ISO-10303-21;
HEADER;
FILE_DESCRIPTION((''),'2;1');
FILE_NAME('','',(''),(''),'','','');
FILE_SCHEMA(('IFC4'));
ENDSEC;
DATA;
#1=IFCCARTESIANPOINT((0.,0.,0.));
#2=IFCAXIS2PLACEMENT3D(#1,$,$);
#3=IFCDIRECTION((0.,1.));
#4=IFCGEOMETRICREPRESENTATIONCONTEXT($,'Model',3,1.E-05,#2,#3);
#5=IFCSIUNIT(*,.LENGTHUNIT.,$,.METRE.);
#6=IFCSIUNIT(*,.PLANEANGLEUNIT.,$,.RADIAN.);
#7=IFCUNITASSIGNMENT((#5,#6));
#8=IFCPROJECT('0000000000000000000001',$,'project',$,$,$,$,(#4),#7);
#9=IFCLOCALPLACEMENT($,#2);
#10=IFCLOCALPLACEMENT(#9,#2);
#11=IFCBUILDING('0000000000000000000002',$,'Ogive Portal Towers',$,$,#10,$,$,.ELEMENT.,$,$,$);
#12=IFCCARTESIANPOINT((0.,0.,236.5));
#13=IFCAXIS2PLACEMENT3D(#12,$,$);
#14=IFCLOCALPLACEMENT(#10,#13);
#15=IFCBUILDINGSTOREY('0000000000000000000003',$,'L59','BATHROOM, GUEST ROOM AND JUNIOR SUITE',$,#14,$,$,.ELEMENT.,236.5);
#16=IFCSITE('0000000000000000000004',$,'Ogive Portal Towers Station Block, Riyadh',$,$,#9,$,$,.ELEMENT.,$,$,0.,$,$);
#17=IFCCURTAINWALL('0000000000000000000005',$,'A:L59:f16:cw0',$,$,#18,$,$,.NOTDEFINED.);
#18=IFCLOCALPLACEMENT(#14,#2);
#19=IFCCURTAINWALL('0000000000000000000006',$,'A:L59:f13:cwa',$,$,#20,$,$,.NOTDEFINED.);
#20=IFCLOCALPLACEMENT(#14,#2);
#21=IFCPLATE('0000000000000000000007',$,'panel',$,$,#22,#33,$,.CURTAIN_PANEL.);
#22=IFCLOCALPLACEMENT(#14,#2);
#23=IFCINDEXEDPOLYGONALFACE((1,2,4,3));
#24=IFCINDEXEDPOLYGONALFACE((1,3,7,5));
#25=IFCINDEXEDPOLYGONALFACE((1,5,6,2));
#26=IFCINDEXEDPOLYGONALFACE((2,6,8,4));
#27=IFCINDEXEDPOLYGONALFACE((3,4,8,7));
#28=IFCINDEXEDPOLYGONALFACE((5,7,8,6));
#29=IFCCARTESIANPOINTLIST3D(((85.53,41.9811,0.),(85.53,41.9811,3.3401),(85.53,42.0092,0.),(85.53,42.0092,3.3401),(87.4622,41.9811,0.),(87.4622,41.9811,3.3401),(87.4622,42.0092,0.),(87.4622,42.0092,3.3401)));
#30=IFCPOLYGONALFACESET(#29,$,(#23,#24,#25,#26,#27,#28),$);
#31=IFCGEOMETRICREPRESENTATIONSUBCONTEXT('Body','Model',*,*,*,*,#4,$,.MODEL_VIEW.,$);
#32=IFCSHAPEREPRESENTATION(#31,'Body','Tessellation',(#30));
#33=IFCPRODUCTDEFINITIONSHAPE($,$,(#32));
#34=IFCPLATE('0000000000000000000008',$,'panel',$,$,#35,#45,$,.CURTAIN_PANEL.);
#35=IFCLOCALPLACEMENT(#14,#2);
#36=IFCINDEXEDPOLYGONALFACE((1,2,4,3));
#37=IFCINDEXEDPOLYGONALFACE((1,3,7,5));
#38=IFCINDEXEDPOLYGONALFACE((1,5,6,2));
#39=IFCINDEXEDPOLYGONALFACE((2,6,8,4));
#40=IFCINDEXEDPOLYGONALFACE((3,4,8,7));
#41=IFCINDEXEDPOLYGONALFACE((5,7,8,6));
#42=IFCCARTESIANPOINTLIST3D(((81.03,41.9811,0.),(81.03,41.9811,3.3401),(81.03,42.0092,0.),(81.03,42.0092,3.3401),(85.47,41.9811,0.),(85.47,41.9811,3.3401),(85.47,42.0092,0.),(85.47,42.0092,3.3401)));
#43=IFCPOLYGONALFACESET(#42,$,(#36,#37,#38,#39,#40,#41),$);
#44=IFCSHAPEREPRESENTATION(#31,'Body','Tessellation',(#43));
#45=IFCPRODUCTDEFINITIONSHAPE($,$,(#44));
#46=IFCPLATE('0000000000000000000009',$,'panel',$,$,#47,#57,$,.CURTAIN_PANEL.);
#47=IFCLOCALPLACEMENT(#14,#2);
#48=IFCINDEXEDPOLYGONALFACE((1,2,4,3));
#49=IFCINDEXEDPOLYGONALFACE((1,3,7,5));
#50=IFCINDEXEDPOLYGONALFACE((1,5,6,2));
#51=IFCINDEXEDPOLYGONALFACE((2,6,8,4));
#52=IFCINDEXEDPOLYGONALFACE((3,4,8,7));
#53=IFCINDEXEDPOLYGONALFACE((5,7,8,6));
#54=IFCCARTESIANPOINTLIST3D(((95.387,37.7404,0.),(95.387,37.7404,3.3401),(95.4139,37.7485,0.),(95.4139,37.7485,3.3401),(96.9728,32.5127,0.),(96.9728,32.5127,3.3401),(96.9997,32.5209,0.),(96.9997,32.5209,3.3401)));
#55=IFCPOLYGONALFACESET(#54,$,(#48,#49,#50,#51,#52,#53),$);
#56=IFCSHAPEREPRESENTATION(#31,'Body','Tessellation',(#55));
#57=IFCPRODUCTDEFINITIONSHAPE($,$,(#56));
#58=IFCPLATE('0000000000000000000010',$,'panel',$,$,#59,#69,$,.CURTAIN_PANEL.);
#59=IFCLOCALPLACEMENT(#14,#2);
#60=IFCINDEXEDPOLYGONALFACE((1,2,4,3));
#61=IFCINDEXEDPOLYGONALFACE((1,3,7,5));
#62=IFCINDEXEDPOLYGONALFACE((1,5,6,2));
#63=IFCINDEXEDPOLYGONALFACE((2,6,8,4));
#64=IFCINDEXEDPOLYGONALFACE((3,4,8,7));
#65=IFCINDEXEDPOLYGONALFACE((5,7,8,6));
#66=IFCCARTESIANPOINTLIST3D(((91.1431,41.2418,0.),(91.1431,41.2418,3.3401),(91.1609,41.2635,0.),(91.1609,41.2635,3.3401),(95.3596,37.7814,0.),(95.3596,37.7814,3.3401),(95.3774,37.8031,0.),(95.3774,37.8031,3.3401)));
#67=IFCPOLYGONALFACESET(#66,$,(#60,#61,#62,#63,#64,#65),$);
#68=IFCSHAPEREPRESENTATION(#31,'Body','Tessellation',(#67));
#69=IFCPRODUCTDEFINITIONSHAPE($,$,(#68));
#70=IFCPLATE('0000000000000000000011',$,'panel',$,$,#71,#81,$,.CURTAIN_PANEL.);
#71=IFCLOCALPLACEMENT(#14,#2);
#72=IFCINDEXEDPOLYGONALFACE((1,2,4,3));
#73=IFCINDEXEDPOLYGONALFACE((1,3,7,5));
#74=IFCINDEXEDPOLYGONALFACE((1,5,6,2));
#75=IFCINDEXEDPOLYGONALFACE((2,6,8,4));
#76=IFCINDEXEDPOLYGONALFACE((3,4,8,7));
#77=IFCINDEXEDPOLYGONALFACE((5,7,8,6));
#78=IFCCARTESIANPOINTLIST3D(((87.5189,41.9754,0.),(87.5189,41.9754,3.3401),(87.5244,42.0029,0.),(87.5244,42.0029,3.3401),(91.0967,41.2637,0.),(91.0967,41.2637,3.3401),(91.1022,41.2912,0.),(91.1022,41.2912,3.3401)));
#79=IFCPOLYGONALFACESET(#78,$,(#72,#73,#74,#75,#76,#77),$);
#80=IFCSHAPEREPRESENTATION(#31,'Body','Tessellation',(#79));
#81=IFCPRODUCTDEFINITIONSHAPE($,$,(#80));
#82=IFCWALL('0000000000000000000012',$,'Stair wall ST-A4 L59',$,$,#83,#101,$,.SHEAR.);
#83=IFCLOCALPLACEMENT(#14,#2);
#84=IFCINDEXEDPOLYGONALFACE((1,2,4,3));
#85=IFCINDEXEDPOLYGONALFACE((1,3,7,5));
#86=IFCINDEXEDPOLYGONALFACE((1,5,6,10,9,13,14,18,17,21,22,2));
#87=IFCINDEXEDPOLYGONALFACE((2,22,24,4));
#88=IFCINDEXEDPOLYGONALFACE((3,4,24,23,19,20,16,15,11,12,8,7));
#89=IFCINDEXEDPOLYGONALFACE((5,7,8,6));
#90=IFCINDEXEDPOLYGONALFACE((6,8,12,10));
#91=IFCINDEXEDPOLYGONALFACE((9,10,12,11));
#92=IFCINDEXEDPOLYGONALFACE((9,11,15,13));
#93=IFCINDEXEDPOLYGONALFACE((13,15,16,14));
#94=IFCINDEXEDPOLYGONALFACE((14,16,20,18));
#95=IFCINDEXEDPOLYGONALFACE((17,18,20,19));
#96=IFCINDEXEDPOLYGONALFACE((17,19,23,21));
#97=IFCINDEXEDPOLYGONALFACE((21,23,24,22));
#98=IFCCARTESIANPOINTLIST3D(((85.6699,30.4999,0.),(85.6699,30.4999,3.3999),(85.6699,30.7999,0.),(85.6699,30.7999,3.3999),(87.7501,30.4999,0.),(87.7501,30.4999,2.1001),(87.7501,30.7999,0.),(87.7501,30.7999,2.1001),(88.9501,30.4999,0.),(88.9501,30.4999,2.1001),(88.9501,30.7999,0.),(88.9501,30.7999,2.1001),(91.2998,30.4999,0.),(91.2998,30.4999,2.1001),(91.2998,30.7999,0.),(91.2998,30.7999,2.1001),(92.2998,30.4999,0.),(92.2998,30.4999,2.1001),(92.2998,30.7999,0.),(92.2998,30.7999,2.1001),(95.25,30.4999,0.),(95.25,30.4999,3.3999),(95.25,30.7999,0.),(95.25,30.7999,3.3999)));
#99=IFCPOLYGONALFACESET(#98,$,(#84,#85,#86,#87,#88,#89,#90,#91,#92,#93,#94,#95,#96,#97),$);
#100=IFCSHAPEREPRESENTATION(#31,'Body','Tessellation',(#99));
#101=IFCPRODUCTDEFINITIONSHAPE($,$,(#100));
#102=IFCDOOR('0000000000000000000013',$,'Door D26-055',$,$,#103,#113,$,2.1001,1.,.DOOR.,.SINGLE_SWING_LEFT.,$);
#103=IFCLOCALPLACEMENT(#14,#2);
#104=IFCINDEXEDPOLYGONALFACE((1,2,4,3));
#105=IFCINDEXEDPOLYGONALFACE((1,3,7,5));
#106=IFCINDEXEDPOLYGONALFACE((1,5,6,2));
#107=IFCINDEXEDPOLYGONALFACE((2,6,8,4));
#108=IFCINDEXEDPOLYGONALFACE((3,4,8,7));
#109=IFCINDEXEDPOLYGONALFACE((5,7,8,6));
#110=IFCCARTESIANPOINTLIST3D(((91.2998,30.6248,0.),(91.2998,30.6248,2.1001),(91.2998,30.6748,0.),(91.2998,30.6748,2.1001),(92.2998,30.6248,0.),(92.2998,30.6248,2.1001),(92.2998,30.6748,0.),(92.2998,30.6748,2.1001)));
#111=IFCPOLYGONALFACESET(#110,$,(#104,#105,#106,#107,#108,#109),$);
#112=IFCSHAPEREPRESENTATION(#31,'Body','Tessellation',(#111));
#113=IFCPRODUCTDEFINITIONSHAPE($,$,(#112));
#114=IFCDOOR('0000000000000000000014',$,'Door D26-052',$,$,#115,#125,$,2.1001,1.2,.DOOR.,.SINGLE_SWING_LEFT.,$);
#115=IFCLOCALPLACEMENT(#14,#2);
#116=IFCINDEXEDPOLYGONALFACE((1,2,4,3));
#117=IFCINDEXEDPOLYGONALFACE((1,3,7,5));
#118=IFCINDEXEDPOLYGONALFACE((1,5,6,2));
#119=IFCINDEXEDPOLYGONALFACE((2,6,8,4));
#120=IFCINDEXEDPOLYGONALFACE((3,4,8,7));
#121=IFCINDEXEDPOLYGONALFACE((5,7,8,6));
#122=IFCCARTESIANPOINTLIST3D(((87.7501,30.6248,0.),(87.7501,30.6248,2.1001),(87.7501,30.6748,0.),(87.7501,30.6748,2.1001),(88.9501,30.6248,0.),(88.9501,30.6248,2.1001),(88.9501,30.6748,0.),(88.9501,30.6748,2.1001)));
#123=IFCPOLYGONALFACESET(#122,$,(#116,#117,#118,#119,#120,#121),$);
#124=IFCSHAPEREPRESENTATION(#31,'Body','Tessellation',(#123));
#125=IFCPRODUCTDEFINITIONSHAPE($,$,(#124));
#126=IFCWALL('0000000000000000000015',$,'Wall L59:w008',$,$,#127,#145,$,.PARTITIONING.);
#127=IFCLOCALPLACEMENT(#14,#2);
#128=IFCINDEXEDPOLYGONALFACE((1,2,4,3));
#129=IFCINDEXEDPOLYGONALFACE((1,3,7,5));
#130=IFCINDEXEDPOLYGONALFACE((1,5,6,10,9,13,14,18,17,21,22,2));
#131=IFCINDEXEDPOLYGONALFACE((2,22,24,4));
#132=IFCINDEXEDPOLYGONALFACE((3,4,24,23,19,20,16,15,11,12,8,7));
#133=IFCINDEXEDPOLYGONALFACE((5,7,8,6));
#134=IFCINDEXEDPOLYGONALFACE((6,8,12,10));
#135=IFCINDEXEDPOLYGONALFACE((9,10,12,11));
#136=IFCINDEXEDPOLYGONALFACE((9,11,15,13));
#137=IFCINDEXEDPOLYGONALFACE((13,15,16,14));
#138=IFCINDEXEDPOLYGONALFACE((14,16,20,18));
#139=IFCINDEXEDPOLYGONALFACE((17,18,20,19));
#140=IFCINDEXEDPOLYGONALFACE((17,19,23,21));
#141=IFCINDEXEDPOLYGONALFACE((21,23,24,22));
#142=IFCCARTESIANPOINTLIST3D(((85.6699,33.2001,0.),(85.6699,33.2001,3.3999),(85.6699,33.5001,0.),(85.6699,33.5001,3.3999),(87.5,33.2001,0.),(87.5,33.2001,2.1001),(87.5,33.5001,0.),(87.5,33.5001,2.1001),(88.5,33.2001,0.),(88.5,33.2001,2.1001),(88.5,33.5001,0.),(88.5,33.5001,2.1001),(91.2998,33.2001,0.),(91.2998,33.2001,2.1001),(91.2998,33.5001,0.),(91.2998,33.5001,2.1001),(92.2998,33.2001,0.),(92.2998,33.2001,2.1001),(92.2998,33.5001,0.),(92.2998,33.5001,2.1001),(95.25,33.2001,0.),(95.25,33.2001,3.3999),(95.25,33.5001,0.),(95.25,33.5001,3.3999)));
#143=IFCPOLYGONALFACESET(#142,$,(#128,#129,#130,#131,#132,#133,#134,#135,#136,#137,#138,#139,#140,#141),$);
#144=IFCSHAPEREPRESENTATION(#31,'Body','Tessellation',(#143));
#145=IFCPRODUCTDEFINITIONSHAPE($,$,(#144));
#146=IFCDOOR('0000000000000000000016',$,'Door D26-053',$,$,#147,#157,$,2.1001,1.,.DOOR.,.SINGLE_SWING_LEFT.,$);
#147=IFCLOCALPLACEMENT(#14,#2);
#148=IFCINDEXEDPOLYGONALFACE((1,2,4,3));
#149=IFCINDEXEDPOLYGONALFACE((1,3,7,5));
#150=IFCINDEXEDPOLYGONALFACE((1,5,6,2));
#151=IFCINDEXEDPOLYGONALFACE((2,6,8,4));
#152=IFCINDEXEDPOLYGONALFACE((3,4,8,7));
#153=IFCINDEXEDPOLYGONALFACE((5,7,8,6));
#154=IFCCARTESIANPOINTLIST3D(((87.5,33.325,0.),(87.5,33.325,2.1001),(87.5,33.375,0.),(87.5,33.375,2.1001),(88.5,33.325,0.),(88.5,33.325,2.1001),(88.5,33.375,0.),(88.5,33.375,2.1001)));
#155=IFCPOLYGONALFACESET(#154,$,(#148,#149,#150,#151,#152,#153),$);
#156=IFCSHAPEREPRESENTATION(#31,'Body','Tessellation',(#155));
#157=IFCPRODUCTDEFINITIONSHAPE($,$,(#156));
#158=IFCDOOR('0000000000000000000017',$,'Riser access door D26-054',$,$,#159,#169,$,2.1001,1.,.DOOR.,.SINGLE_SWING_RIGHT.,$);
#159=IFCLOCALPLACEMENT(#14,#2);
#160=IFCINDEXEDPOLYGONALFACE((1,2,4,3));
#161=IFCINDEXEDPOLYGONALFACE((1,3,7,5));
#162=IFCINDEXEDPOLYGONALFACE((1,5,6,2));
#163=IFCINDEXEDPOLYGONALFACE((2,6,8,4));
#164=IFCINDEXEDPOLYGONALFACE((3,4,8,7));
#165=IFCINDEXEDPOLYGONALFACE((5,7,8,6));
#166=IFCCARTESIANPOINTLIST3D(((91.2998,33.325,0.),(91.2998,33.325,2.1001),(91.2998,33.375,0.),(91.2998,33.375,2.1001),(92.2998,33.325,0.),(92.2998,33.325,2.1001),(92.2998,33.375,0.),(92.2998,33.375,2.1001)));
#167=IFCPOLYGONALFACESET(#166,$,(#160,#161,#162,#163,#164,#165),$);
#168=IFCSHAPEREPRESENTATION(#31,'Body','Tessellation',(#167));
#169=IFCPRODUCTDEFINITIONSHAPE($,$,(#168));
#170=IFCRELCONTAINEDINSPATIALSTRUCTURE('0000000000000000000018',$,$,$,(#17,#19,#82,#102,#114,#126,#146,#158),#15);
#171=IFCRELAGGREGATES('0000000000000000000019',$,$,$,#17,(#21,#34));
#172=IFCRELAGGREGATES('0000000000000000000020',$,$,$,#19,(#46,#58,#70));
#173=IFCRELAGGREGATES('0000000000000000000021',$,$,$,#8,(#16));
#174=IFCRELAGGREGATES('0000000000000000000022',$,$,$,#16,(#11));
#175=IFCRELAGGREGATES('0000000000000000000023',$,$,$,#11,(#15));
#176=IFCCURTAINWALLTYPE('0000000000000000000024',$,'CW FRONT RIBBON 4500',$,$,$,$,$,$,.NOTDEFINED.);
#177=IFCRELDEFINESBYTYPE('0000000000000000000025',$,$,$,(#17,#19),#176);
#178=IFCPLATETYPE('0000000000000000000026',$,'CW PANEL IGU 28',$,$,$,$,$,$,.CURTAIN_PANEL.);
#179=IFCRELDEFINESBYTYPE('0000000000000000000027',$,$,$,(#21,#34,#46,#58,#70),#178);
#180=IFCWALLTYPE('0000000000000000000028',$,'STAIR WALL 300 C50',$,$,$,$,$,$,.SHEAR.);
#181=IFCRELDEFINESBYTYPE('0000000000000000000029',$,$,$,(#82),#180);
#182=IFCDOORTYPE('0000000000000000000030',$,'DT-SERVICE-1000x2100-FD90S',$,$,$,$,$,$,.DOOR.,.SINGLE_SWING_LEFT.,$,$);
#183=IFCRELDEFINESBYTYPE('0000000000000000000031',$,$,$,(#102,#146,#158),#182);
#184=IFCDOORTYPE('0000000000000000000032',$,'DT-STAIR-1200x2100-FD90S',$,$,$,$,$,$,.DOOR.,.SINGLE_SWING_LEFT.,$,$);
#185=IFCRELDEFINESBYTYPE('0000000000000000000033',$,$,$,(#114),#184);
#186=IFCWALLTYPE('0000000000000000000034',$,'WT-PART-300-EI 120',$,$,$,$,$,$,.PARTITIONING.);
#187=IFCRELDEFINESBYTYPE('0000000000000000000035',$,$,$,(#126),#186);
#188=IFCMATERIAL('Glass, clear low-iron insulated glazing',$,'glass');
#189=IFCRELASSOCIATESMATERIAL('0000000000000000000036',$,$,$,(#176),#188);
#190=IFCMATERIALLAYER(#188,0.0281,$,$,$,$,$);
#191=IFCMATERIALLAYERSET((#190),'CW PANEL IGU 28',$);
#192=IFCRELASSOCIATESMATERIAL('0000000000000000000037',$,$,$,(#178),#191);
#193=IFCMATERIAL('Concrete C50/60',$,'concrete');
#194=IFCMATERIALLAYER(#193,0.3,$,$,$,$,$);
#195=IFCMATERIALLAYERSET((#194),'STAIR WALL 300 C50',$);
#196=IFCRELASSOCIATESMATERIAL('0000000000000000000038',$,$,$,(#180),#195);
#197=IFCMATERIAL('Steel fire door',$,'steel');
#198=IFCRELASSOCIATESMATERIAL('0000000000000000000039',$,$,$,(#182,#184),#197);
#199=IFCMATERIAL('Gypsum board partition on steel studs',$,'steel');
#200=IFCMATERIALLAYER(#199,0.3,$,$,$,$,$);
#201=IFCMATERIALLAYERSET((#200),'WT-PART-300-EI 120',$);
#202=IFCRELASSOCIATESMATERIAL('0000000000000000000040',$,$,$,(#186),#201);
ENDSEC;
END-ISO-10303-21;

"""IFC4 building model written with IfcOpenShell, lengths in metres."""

from ifc_helpers import new_model, si_unit, direction, frame, frame_2d, origin, origin_2d, place, context, subcontext, project, spatial, rectangle, extrude, material, layer, layer_set, type_object, element, fill, aggregate, save


model = new_model("IFC4")

# Units and contexts
model_context = context("Model", 3, precision=1e-05, world=origin(), true_north=direction((0.0, 1.0)))
body_context = subcontext(model_context, "Body", "Model", "MODEL_VIEW")
ifc_project = project(units=[si_unit("LENGTHUNIT", "METRE"), si_unit("PLANEANGLEUNIT", "RADIAN")], contexts=[model_context])

# Site, building, storey
site_placement = place(None, origin())
site = spatial("IfcSite", under=ifc_project, at=site_placement, Name="Ogive Portal Towers Station Block, Riyadh", CompositionType="ELEMENT", RefElevation=0.0)
building_placement = place(site_placement, origin())
building = spatial("IfcBuilding", under=site, at=building_placement, Name="Ogive Portal Towers", CompositionType="ELEMENT")
storey_placement = place(building_placement, frame((0.0, 0.0, 236.5)))
storey = spatial("IfcBuildingStorey", under=building, at=storey_placement, Name="L59", Description="BATHROOM, GUEST ROOM AND JUNIOR SUITE", CompositionType="ELEMENT", Elevation=236.5)

# Curtain walls
ifc_material_1 = material(Name="Glass, clear low-iron insulated glazing", Category="glass")
curtain_wall_type = type_object("IfcCurtainWallType", Name="CW FRONT RIBBON 4500", PredefinedType="NOTDEFINED", material=ifc_material_1)
curtain_wall_1_placement = place(storey_placement, origin())
curtain_wall_1 = element("IfcCurtainWall", 1, at=curtain_wall_1_placement, inside=storey, type_object=curtain_wall_type, Name="A:L59:f16:cw0", PredefinedType="NOTDEFINED")
curtain_wall_2_placement = place(storey_placement, origin())
curtain_wall_2 = element("IfcCurtainWall", 2, at=curtain_wall_2_placement, inside=storey, type_object=curtain_wall_type, Name="A:L59:f13:cwa", PredefinedType="NOTDEFINED")

# Plates
ifc_layer_1 = layer(ifc_material_1, 0.0281)
ifc_layer_set_1 = layer_set([ifc_layer_1], Name="CW PANEL IGU 28")
plate_type = type_object("IfcPlateType", Name="CW PANEL IGU 28", PredefinedType="CURTAIN_PANEL", material=ifc_layer_set_1)
plate_1_placement = place(storey_placement, frame((86.4961, 41.9951, 0.0), z_axis=(0.0, 0.0, 1.0), x_axis=(-1.0, 0.0, 0.0)))
plate_1 = element("IfcPlate", 3, at=plate_1_placement, type_object=plate_type, Name="panel", PredefinedType="CURTAIN_PANEL", context=body_context, shape_type="SweptSolid", body=[
    extrude(rectangle(XDim=1.9321, YDim=0.0281, at=origin_2d()), origin(), (0.0, 0.0, 1.0), 3.3401),
])
plate_2_placement = place(storey_placement, frame((83.25, 41.9951, 0.0), z_axis=(0.0, 0.0, 1.0), x_axis=(-1.0, 0.0, 0.0)))
plate_2 = element("IfcPlate", 4, at=plate_2_placement, type_object=plate_type, Name="panel", PredefinedType="CURTAIN_PANEL", context=body_context, shape_type="SweptSolid", body=[
    extrude(rectangle(XDim=4.4399, YDim=0.0281, at=origin_2d()), origin(), (0.0, 0.0, 1.0), 3.3401),
])
aggregate(curtain_wall_1, [plate_1, plate_2])
plate_3_placement = place(storey_placement, frame((96.1934, 35.1306, 0.0), z_axis=(0.0, 0.0, 1.0), x_axis=(-0.290285, 0.95694, 0.0)))
plate_3 = element("IfcPlate", 5, at=plate_3_placement, type_object=plate_type, Name="panel", PredefinedType="CURTAIN_PANEL", context=body_context, shape_type="SweptSolid", body=[
    extrude(rectangle(XDim=5.4629, YDim=0.0281, at=origin_2d()), origin(), (0.0, 0.0, 1.0), 3.3401),
])
plate_4_placement = place(storey_placement, frame((93.2603, 39.5225, 0.0), z_axis=(0.0, 0.0, 1.0), x_axis=(-0.77301, 0.634393, 0.0)))
plate_4 = element("IfcPlate", 6, at=plate_4_placement, type_object=plate_type, Name="panel", PredefinedType="CURTAIN_PANEL", context=body_context, shape_type="SweptSolid", body=[
    extrude(rectangle(XDim=5.4546, YDim=0.0281, at=origin_2d()), origin(), (0.0, 0.0, 1.0), 3.3401),
])
plate_5_placement = place(storey_placement, frame((89.3105, 41.6333, 0.0), z_axis=(0.0, 0.0, 1.0), x_axis=(-0.980785, 0.19509, 0.0)))
plate_5 = element("IfcPlate", 7, at=plate_5_placement, type_object=plate_type, Name="panel", PredefinedType="CURTAIN_PANEL", context=body_context, shape_type="SweptSolid", body=[
    extrude(rectangle(XDim=3.6479, YDim=0.0281, at=origin_2d()), origin(), (0.0, 0.0, 1.0), 3.3401),
])
aggregate(curtain_wall_2, [plate_3, plate_4, plate_5])

# Walls, openings, doors
ifc_material_2 = material(Name="Concrete C50/60", Category="concrete")
ifc_layer_2 = layer(ifc_material_2, 0.3)
ifc_layer_set_2 = layer_set([ifc_layer_2], Name="STAIR WALL 300 C50")
wall_type_1 = type_object("IfcWallType", Name="STAIR WALL 300 C50", PredefinedType="SHEAR", material=ifc_layer_set_2)
wall_1_placement = place(storey_placement, frame((85.6699, 30.6499, 0.0), z_axis=(0.0, 0.0, 1.0), x_axis=(1.0, 0.0, 0.0)))
wall_1 = element("IfcWall", 8, at=wall_1_placement, inside=storey, type_object=wall_type_1, Name="Stair wall ST-A4 L59", PredefinedType="SHEAR", context=body_context, shape_type="SweptSolid", body=[
    extrude(rectangle(XDim=9.5801, YDim=0.3, at=frame_2d((4.79, 0.0))), origin(), (0.0, 0.0, 1.0), 3.3999),
])
opening_1_placement = place(wall_1_placement, frame((2.0801, 0.0, 0.0)))
opening_1 = element("IfcOpeningElement", 9, at=opening_1_placement, cuts=wall_1, PredefinedType="OPENING", context=body_context, shape_type="SweptSolid", body=[
    extrude(rectangle(XDim=1.2, YDim=2.1001, at=frame_2d((0.6001, 1.05))), frame((0.0, 0.1602, 0.0), z_axis=(0.0, -1.0, 0.0), x_axis=(1.0, 0.0, 0.0)), (0.0, 0.0, 1.0), 0.3201),
])
opening_2_placement = place(wall_1_placement, frame((5.6299, 0.0, 0.0)))
opening_2 = element("IfcOpeningElement", 10, at=opening_2_placement, cuts=wall_1, PredefinedType="OPENING", context=body_context, shape_type="SweptSolid", body=[
    extrude(rectangle(XDim=1.0, YDim=2.1001, at=frame_2d((0.5, 1.05))), frame((0.0, 0.1602, 0.0), z_axis=(0.0, -1.0, 0.0), x_axis=(1.0, 0.0, 0.0)), (0.0, 0.0, 1.0), 0.3201),
])
ifc_material_3 = material(Name="Steel fire door", Category="steel")
door_type_1 = type_object("IfcDoorType", Name="DT-SERVICE-1000x2100-FD90S", OperationType="SINGLE_SWING_LEFT", PredefinedType="DOOR", material=ifc_material_3)
door_1_placement = place(opening_2_placement, origin())
door_1 = element("IfcDoor", 11, at=door_1_placement, inside=storey, type_object=door_type_1, Name="Door D26-055", OperationType="SINGLE_SWING_LEFT", OverallHeight=2.1001, OverallWidth=1.0, PredefinedType="DOOR", context=body_context, shape_type="SweptSolid", body=[
    extrude(rectangle(XDim=1.0, YDim=2.1001, at=frame_2d((0.5, 1.05))), frame((0.0, 0.0249, 0.0), z_axis=(0.0, -1.0, 0.0), x_axis=(1.0, 0.0, 0.0)), (0.0, 0.0, 1.0), 0.05),
])
fill(opening_2, door_1)
door_type_2 = type_object("IfcDoorType", Name="DT-STAIR-1200x2100-FD90S", OperationType="SINGLE_SWING_LEFT", PredefinedType="DOOR", material=ifc_material_3)
door_2_placement = place(opening_1_placement, origin())
door_2 = element("IfcDoor", 12, at=door_2_placement, inside=storey, type_object=door_type_2, Name="Door D26-052", OperationType="SINGLE_SWING_LEFT", OverallHeight=2.1001, OverallWidth=1.2, PredefinedType="DOOR", context=body_context, shape_type="SweptSolid", body=[
    extrude(rectangle(XDim=1.2, YDim=2.1001, at=frame_2d((0.6001, 1.05))), frame((0.0, 0.0249, 0.0), z_axis=(0.0, -1.0, 0.0), x_axis=(1.0, 0.0, 0.0)), (0.0, 0.0, 1.0), 0.05),
])
fill(opening_1, door_2)
ifc_material_4 = material(Name="Gypsum board partition on steel studs", Category="steel")
ifc_layer_3 = layer(ifc_material_4, 0.3)
ifc_layer_set_3 = layer_set([ifc_layer_3], Name="WT-PART-300-EI 120")
wall_type_2 = type_object("IfcWallType", Name="WT-PART-300-EI 120", PredefinedType="PARTITIONING", material=ifc_layer_set_3)
wall_2_placement = place(storey_placement, frame((85.6699, 33.3501, 0.0), z_axis=(0.0, 0.0, 1.0), x_axis=(1.0, 0.0, 0.0)))
wall_2 = element("IfcWall", 13, at=wall_2_placement, inside=storey, type_object=wall_type_2, Name="Wall L59:w008", PredefinedType="PARTITIONING", context=body_context, shape_type="SweptSolid", body=[
    extrude(rectangle(XDim=9.5801, YDim=0.3, at=frame_2d((4.79, 0.0))), origin(), (0.0, 0.0, 1.0), 3.3999),
])
opening_3_placement = place(wall_2_placement, frame((1.8301, 0.0, 0.0)))
opening_3 = element("IfcOpeningElement", 14, at=opening_3_placement, cuts=wall_2, PredefinedType="OPENING", context=body_context, shape_type="SweptSolid", body=[
    extrude(rectangle(XDim=1.0, YDim=2.1001, at=frame_2d((0.5, 1.05))), frame((0.0, 0.1602, 0.0), z_axis=(0.0, -1.0, 0.0), x_axis=(1.0, 0.0, 0.0)), (0.0, 0.0, 1.0), 0.3201),
])
opening_4_placement = place(wall_2_placement, frame((5.6299, 0.0, 0.0)))
opening_4 = element("IfcOpeningElement", 15, at=opening_4_placement, cuts=wall_2, PredefinedType="OPENING", context=body_context, shape_type="SweptSolid", body=[
    extrude(rectangle(XDim=1.0, YDim=2.1001, at=frame_2d((0.5, 1.05))), frame((0.0, 0.1602, 0.0), z_axis=(0.0, -1.0, 0.0), x_axis=(1.0, 0.0, 0.0)), (0.0, 0.0, 1.0), 0.3201),
])
door_3_placement = place(opening_3_placement, origin())
door_3 = element("IfcDoor", 16, at=door_3_placement, inside=storey, type_object=door_type_1, Name="Door D26-053", OperationType="SINGLE_SWING_LEFT", OverallHeight=2.1001, OverallWidth=1.0, PredefinedType="DOOR", context=body_context, shape_type="SweptSolid", body=[
    extrude(rectangle(XDim=1.0, YDim=2.1001, at=frame_2d((0.5, 1.05))), frame((0.0, 0.0249, 0.0), z_axis=(0.0, -1.0, 0.0), x_axis=(1.0, 0.0, 0.0)), (0.0, 0.0, 1.0), 0.05),
])
fill(opening_3, door_3)
door_4_placement = place(opening_4_placement, origin())
door_4 = element("IfcDoor", 17, at=door_4_placement, inside=storey, type_object=door_type_1, Name="Riser access door D26-054", OperationType="SINGLE_SWING_RIGHT", OverallHeight=2.1001, OverallWidth=1.0, PredefinedType="DOOR", context=body_context, shape_type="SweptSolid", body=[
    extrude(rectangle(XDim=1.0, YDim=2.1001, at=frame_2d((0.5, 1.05))), frame((0.0, 0.0249, 0.0), z_axis=(0.0, -1.0, 0.0), x_axis=(1.0, 0.0, 0.0)), (0.0, 0.0, 1.0), 0.05),
])
fill(opening_4, door_4)

save(model, "model.ifc")
